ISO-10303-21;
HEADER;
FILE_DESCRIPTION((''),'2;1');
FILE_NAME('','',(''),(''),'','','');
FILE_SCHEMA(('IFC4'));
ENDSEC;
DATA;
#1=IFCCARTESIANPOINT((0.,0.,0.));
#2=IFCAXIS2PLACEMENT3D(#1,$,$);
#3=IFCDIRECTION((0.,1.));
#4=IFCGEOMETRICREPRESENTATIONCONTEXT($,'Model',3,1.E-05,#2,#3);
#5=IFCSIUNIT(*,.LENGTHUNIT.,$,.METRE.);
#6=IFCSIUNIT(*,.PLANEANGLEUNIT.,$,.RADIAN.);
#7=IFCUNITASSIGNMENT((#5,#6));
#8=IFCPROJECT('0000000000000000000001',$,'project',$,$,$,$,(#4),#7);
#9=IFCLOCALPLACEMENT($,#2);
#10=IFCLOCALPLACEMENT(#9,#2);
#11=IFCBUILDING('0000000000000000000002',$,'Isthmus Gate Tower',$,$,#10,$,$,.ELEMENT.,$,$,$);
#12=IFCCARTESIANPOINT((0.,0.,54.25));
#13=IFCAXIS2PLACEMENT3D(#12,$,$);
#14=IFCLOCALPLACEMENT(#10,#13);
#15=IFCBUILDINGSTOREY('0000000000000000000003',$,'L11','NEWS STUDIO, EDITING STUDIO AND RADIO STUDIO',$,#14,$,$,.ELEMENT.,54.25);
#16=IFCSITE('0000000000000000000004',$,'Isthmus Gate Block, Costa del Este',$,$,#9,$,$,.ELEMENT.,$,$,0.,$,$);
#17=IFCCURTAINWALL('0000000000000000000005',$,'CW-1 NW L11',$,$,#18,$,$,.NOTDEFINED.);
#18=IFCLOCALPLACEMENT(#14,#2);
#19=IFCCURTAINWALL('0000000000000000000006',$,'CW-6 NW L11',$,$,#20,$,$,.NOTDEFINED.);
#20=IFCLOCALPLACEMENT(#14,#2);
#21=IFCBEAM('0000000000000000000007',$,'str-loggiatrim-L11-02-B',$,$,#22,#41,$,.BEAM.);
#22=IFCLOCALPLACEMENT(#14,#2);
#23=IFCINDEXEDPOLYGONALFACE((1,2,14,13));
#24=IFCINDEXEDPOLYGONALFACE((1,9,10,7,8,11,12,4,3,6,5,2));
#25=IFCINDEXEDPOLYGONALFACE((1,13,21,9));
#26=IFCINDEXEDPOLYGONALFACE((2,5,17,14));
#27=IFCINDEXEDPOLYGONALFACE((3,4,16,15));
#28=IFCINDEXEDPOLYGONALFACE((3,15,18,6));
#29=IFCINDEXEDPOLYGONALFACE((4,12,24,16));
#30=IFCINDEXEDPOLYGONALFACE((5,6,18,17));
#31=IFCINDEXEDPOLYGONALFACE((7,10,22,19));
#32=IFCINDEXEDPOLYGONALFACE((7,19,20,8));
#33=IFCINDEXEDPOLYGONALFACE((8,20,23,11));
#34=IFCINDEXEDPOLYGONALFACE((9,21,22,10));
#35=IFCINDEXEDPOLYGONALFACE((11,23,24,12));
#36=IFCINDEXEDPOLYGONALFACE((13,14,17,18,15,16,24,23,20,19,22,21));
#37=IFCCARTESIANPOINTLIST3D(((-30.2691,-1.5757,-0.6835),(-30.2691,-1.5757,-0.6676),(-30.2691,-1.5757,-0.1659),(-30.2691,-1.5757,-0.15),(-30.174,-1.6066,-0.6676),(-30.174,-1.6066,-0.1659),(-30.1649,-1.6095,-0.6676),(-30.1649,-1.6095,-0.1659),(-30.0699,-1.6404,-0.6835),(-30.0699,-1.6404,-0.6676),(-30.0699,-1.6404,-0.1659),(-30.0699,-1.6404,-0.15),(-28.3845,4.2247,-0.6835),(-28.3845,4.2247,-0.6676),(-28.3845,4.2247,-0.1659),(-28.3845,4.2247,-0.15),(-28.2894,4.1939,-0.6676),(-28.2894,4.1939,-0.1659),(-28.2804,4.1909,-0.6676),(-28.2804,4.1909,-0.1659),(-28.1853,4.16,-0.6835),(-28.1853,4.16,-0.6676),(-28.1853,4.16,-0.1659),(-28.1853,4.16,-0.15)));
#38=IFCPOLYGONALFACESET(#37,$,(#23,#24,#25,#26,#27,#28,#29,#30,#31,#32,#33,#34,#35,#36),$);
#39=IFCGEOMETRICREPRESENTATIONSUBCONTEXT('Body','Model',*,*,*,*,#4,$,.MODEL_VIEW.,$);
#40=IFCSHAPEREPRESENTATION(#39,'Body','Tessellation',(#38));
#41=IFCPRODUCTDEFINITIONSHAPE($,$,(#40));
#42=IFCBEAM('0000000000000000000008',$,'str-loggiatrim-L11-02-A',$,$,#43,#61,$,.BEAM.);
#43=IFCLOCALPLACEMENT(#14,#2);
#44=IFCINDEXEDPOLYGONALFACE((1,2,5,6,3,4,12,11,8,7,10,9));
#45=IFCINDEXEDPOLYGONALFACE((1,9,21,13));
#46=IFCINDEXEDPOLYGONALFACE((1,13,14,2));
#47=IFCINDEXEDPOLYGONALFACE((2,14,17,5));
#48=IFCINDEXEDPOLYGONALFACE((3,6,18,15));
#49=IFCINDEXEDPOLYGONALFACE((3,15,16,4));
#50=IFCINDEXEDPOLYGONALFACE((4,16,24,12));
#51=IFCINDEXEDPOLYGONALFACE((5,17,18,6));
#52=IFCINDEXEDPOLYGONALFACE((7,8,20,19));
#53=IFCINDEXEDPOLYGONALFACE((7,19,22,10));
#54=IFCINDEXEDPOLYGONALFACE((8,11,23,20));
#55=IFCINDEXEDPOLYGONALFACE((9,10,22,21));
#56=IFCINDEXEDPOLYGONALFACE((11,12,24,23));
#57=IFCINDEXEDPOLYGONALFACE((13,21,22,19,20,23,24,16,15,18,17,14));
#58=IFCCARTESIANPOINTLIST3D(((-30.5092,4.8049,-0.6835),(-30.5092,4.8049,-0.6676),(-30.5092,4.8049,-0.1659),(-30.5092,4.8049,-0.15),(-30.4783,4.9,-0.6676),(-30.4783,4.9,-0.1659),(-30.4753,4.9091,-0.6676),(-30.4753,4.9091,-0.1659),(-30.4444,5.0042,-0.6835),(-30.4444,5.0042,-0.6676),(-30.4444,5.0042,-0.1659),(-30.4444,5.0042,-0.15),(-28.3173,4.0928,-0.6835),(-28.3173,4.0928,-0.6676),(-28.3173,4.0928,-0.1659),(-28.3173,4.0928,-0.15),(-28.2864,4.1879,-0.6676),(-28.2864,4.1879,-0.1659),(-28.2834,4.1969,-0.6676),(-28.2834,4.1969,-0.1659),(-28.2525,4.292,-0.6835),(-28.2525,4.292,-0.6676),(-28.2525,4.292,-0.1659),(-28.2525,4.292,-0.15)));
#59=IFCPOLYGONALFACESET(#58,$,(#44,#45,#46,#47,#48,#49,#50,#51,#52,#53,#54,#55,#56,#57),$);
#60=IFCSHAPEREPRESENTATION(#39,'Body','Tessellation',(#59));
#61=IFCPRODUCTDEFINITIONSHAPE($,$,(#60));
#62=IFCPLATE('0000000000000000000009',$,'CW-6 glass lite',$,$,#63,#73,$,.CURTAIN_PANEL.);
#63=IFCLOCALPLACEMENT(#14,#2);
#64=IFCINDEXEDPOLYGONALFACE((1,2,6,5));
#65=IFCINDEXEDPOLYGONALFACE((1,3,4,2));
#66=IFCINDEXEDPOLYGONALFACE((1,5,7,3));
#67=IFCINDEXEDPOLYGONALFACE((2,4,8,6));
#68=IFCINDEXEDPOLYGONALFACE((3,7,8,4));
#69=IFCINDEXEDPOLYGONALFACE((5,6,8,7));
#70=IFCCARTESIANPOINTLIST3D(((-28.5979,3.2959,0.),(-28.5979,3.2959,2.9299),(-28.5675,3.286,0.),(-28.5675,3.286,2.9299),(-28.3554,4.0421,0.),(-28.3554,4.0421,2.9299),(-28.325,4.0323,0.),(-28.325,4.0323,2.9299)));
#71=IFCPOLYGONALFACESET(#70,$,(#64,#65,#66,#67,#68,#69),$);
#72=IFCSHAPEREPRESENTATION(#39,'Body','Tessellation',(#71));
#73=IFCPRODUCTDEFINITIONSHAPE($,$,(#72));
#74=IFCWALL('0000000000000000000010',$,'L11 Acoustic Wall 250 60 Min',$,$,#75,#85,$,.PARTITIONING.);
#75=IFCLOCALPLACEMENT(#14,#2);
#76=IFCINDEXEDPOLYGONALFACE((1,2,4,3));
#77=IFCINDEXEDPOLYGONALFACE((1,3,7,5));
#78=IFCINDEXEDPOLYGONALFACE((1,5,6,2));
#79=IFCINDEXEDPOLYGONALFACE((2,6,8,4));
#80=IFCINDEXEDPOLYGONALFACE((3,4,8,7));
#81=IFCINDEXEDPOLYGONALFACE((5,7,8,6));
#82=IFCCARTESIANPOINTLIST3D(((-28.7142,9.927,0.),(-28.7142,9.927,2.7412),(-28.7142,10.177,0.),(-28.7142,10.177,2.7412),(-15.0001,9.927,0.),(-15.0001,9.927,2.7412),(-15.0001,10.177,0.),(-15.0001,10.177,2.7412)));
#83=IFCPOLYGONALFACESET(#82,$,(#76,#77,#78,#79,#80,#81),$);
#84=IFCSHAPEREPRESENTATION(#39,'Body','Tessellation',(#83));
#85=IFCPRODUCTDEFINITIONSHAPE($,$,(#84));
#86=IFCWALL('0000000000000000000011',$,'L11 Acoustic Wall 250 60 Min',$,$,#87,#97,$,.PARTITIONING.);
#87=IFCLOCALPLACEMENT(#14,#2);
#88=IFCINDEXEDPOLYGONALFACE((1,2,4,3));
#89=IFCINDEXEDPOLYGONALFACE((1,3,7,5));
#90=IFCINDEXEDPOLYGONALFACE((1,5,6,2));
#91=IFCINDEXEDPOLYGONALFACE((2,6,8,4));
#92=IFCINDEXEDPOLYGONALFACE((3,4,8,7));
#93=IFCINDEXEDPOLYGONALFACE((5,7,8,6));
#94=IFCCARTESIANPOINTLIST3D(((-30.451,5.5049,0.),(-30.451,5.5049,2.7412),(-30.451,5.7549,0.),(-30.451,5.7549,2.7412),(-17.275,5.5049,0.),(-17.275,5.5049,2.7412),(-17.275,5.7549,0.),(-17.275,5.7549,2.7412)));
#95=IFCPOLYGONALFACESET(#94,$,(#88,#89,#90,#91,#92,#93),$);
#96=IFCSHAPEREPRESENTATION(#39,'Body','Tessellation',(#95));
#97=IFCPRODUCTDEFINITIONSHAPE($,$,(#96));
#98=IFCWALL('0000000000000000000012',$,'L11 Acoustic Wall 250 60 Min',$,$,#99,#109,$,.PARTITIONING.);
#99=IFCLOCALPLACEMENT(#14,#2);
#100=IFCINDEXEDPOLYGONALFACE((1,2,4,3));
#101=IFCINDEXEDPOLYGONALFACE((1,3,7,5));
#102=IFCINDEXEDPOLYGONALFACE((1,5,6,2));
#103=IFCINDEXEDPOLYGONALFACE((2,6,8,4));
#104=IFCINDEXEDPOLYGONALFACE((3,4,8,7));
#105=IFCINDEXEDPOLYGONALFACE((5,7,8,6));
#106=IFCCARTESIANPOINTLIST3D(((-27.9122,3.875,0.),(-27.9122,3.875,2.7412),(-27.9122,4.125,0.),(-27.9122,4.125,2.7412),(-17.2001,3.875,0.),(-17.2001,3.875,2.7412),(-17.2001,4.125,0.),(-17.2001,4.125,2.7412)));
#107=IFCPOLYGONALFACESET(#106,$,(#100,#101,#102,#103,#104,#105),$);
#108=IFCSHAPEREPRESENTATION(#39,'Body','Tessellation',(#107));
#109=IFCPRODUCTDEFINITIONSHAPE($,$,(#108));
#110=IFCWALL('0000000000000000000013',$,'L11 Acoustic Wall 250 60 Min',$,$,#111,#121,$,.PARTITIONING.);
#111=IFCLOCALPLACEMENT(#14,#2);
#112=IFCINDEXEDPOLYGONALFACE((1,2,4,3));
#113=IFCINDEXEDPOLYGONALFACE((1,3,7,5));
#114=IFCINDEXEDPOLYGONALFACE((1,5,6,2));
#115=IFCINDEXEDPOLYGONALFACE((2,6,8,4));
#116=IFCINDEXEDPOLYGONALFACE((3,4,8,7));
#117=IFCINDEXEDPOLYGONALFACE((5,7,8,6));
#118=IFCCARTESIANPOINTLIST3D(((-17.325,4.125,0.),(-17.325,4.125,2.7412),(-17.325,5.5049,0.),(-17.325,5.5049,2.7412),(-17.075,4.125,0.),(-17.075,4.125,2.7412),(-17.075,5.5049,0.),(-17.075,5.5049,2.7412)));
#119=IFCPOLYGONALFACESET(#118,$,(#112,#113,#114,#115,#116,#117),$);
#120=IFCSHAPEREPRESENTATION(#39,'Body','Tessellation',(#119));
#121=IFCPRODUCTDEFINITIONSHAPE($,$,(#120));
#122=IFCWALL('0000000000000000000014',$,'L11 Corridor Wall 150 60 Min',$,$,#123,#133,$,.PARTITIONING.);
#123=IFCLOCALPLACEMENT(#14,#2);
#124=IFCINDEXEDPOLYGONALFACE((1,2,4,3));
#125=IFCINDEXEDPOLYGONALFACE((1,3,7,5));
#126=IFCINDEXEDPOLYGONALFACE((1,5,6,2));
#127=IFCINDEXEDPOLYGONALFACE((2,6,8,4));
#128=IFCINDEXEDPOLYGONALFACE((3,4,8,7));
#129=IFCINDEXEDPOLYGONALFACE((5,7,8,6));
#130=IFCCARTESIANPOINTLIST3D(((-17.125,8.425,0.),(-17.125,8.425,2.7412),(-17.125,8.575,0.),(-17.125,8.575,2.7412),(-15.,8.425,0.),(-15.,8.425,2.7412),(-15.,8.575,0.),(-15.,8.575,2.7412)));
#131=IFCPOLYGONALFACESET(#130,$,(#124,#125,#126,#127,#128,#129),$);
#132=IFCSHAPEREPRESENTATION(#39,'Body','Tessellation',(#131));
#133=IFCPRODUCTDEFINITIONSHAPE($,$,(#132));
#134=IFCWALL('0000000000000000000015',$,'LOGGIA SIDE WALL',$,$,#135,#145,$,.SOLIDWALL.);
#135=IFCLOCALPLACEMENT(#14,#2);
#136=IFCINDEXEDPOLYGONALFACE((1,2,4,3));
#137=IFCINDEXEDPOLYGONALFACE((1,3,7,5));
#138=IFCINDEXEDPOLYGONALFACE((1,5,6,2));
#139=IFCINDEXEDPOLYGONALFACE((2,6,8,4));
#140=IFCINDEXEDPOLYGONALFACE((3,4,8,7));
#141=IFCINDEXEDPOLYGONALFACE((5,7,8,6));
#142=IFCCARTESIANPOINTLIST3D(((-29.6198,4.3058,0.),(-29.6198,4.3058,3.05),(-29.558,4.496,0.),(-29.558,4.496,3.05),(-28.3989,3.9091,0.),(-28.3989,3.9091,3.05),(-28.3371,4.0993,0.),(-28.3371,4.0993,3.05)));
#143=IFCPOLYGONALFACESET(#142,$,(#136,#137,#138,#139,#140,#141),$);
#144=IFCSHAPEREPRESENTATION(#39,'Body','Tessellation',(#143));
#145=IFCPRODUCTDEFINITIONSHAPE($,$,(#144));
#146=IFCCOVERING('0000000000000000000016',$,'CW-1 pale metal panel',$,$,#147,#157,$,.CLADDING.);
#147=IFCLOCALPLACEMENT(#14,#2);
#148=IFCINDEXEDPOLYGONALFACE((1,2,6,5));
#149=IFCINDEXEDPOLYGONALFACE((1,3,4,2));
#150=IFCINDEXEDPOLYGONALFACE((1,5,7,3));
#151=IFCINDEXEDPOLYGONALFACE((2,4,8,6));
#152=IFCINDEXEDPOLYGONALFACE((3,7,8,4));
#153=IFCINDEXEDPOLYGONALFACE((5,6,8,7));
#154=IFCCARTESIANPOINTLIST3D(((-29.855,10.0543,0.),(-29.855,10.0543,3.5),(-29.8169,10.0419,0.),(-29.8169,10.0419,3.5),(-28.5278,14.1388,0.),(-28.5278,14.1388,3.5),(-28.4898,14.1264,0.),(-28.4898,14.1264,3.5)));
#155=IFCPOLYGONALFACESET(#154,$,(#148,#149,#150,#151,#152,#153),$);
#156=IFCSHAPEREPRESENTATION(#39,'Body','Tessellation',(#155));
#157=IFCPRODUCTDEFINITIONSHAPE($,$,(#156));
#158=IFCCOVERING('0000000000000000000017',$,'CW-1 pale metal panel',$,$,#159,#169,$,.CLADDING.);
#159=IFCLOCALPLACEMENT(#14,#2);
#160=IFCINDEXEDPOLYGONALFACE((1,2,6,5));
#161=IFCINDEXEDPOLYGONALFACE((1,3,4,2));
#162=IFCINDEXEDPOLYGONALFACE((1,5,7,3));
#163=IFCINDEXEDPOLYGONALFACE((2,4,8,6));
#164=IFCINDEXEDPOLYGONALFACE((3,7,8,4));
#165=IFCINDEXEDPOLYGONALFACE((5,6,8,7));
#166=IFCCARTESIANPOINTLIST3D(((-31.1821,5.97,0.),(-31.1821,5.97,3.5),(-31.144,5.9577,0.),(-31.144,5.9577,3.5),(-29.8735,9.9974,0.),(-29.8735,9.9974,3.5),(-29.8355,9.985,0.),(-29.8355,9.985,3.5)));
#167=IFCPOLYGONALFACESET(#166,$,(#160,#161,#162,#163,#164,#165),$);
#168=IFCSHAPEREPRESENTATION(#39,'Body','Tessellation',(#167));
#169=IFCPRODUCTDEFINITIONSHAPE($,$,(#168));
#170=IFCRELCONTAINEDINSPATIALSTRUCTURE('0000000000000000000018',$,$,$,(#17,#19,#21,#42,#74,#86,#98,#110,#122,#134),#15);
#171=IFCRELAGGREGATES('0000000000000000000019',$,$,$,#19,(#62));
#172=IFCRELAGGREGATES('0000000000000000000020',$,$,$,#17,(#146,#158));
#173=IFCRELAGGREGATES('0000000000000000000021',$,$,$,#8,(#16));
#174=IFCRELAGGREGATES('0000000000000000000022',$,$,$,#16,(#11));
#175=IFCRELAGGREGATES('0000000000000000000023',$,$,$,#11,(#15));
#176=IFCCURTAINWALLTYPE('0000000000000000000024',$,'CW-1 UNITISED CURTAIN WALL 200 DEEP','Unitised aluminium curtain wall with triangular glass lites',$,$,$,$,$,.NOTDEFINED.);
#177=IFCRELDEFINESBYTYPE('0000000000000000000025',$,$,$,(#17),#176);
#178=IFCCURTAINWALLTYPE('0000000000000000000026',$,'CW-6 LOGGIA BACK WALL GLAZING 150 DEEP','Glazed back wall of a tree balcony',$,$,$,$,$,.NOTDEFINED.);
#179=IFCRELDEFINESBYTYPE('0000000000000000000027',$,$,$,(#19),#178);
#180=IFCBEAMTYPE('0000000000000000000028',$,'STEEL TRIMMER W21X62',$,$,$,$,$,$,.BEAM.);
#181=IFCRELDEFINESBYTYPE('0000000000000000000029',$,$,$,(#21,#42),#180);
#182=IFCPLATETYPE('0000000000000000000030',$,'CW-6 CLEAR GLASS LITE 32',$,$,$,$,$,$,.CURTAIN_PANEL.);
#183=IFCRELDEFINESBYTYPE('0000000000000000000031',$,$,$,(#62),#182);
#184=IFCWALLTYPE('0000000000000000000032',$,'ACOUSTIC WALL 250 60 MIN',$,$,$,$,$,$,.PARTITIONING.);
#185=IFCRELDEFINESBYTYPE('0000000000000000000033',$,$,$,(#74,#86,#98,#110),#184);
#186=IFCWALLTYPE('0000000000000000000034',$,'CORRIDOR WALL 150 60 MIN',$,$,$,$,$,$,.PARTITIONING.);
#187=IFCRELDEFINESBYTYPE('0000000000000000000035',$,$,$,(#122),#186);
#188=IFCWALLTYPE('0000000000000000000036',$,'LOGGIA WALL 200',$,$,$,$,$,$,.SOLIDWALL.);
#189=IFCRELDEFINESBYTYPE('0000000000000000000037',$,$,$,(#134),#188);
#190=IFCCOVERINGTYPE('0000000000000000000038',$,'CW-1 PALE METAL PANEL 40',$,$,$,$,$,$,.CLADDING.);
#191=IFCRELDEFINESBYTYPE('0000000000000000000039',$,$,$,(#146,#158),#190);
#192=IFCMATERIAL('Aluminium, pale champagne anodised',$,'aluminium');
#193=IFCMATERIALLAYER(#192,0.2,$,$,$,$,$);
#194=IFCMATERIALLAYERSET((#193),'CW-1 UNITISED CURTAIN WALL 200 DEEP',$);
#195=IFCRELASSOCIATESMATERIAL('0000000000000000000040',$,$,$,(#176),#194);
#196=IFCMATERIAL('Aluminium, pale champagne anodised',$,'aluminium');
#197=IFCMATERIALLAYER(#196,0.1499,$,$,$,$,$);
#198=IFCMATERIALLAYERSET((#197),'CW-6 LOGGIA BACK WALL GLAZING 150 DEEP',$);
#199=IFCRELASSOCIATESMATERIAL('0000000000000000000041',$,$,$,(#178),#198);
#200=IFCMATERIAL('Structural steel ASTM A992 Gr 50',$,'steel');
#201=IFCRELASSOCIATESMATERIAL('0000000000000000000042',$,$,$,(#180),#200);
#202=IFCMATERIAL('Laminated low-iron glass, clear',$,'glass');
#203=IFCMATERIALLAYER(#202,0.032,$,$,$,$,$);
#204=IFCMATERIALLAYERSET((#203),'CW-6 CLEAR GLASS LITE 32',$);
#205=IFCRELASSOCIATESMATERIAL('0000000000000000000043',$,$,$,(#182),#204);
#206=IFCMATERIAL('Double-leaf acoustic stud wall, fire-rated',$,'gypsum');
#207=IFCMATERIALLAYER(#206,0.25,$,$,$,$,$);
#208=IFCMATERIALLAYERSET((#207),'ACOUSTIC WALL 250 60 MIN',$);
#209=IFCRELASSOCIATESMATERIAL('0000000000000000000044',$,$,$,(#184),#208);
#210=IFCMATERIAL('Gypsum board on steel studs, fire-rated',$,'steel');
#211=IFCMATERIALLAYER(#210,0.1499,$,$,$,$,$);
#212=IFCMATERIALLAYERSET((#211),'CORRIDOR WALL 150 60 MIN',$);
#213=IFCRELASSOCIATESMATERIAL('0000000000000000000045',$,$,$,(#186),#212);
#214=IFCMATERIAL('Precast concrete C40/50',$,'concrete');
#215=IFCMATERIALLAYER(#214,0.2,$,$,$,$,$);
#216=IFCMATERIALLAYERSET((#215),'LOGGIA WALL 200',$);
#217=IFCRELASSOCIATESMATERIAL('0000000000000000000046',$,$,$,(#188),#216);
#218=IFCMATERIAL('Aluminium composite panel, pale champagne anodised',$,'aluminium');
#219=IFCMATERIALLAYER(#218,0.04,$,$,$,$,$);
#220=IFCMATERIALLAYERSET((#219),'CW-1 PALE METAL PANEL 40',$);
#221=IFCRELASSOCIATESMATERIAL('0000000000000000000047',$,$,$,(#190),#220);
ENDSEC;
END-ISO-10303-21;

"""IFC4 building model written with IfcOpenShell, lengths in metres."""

from ifc_helpers import new_model, si_unit, direction, frame, frame_2d, origin, origin_2d, place, context, subcontext, project, spatial, rectangle, i_section, extrude, material, layer, layer_set, material_profile, profile_set, type_object, element, aggregate, save


model = new_model("IFC4")

# Units and contexts
model_context = context("Model", 3, precision=1e-05, world=origin(), true_north=direction((0.0, 1.0)))
body_context = subcontext(model_context, "Body", "Model", "MODEL_VIEW")
ifc_project = project(units=[si_unit("LENGTHUNIT", "METRE"), si_unit("PLANEANGLEUNIT", "RADIAN")], contexts=[model_context])

# Site, building, storey
site_placement = place(None, origin())
site = spatial("IfcSite", under=ifc_project, at=site_placement, Name="Isthmus Gate Block, Costa del Este", CompositionType="ELEMENT", RefElevation=0.0)
building_placement = place(site_placement, origin())
building = spatial("IfcBuilding", under=site, at=building_placement, Name="Isthmus Gate Tower", CompositionType="ELEMENT")
storey_placement = place(building_placement, frame((0.0, 0.0, 54.25)))
storey = spatial("IfcBuildingStorey", under=building, at=storey_placement, Name="L11", Description="NEWS STUDIO, EDITING STUDIO AND RADIO STUDIO", CompositionType="ELEMENT", Elevation=54.25)

# Curtain walls
ifc_material_1 = material(Name="Aluminium, pale champagne anodised", Category="aluminium")
ifc_layer_1 = layer(ifc_material_1, 0.2)
ifc_layer_set_1 = layer_set([ifc_layer_1], Name="CW-1 UNITISED CURTAIN WALL 200 DEEP")
curtain_wall_type_1 = type_object("IfcCurtainWallType", Name="CW-1 UNITISED CURTAIN WALL 200 DEEP", Description="Unitised aluminium curtain wall with triangular glass lites", PredefinedType="NOTDEFINED", material=ifc_layer_set_1)
curtain_wall_1_placement = place(storey_placement, origin())
curtain_wall_1 = element("IfcCurtainWall", 1, at=curtain_wall_1_placement, inside=storey, type_object=curtain_wall_type_1, Name="CW-1 NW L11", PredefinedType="NOTDEFINED")
ifc_material_2 = material(Name="Aluminium, pale champagne anodised", Category="aluminium")
ifc_layer_2 = layer(ifc_material_2, 0.1499)
ifc_layer_set_2 = layer_set([ifc_layer_2], Name="CW-6 LOGGIA BACK WALL GLAZING 150 DEEP")
curtain_wall_type_2 = type_object("IfcCurtainWallType", Name="CW-6 LOGGIA BACK WALL GLAZING 150 DEEP", Description="Glazed back wall of a tree balcony", PredefinedType="NOTDEFINED", material=ifc_layer_set_2)
curtain_wall_2_placement = place(storey_placement, origin())
curtain_wall_2 = element("IfcCurtainWall", 2, at=curtain_wall_2_placement, inside=storey, type_object=curtain_wall_type_2, Name="CW-6 NW L11", PredefinedType="NOTDEFINED")

# Beams
ifc_material_3 = material(Name="Structural steel ASTM A992 Gr 50", Category="steel")
ifc_material_profile_1 = material_profile(ifc_material_3, i_section(OverallWidth=0.2095, OverallDepth=0.5334, WebThickness=0.0095, FlangeThickness=0.0159, at=origin_2d()), Name="W21X62")
ifc_profile_set_1 = profile_set([ifc_material_profile_1], Name="Structural steel ASTM A992 Gr 50")
beam_type_1 = type_object("IfcBeamType", Name="STEEL TRIMMER W21X62", PredefinedType="BEAM", material=ifc_profile_set_1)
beam_1_placement = place(storey_placement, frame((-28.2849, 4.1924, -0.4167), z_axis=(-0.309001, -0.951062, 0.0), x_axis=(0.951062, -0.309001, 0.0)))
element("IfcBeam", 3, at=beam_1_placement, inside=storey, type_object=beam_type_1, Name="str-loggiatrim-L11-02-B", PredefinedType="BEAM", context=body_context, shape_type="SweptSolid", body=[
    extrude(i_section(OverallWidth=0.2095, OverallDepth=0.5334, WebThickness=0.0095, FlangeThickness=0.0159, at=origin_2d()), origin(), (0.0, 0.0, 1.0), 6.0989),
])
beam_2_placement = place(storey_placement, frame((-30.4768, 4.9045, -0.4167), z_axis=(0.951061, -0.309005, 0.0), x_axis=(0.309005, 0.951061, 0.0)))
element("IfcBeam", 4, at=beam_2_placement, inside=storey, type_object=beam_type_1, Name="str-loggiatrim-L11-02-A", PredefinedType="BEAM", context=body_context, shape_type="SweptSolid", body=[
    extrude(i_section(OverallWidth=0.2095, OverallDepth=0.5334, WebThickness=0.0095, FlangeThickness=0.0159, at=origin_2d()), origin(), (0.0, 0.0, 1.0), 2.3047),
])

# Plate
ifc_material_4 = material(Name="Laminated low-iron glass, clear", Category="glass")
ifc_layer_3 = layer(ifc_material_4, 0.032)
ifc_layer_set_3 = layer_set([ifc_layer_3], Name="CW-6 CLEAR GLASS LITE 32")
plate_type = type_object("IfcPlateType", Name="CW-6 CLEAR GLASS LITE 32", PredefinedType="CURTAIN_PANEL", material=ifc_layer_set_3)
plate_placement = place(storey_placement, frame((-28.4614, 3.6641, 0.0), z_axis=(0.0, 0.0, 1.0), x_axis=(-0.309017, -0.951057, 0.0)))
plate = element("IfcPlate", 5, at=plate_placement, type_object=plate_type, Name="CW-6 glass lite", PredefinedType="CURTAIN_PANEL", context=body_context, shape_type="SweptSolid", body=[
    extrude(rectangle(XDim=0.7847, YDim=0.032, at=origin_2d()), origin(), (0.0, 0.0, 1.0), 2.9299),
])
aggregate(curtain_wall_2, [plate])

# Walls
ifc_material_5 = material(Name="Double-leaf acoustic stud wall, fire-rated", Category="gypsum")
ifc_layer_4 = layer(ifc_material_5, 0.25)
ifc_layer_set_4 = layer_set([ifc_layer_4], Name="ACOUSTIC WALL 250 60 MIN")
wall_type_1 = type_object("IfcWallType", Name="ACOUSTIC WALL 250 60 MIN", PredefinedType="PARTITIONING", material=ifc_layer_set_4)
wall_1_placement = place(storey_placement, frame((-28.7141, 10.052, 0.0), z_axis=(0.0, 0.0, 1.0), x_axis=(1.0, 0.0, 0.0)))
element("IfcWall", 6, at=wall_1_placement, inside=storey, type_object=wall_type_1, Name="L11 Acoustic Wall 250 60 Min", PredefinedType="PARTITIONING", context=body_context, shape_type="SweptSolid", body=[
    extrude(rectangle(XDim=13.7141, YDim=0.25, at=frame_2d((6.8569, 0.0))), origin(), (0.0, 0.0, 1.0), 2.7412),
])
wall_2_placement = place(storey_placement, frame((-30.4509, 5.6299, 0.0), z_axis=(0.0, 0.0, 1.0), x_axis=(1.0, 0.0, 0.0)))
element("IfcWall", 7, at=wall_2_placement, inside=storey, type_object=wall_type_1, Name="L11 Acoustic Wall 250 60 Min", PredefinedType="PARTITIONING", context=body_context, shape_type="SweptSolid", body=[
    extrude(rectangle(XDim=13.176, YDim=0.25, at=frame_2d((6.5879, 0.0))), origin(), (0.0, 0.0, 1.0), 2.7412),
])
wall_3_placement = place(storey_placement, frame((-27.9121, 4.0, 0.0), z_axis=(0.0, 0.0, 1.0), x_axis=(1.0, 0.0, 0.0)))
element("IfcWall", 8, at=wall_3_placement, inside=storey, type_object=wall_type_1, Name="L11 Acoustic Wall 250 60 Min", PredefinedType="PARTITIONING", context=body_context, shape_type="SweptSolid", body=[
    extrude(rectangle(XDim=10.7122, YDim=0.25, at=frame_2d((5.356, 0.0))), origin(), (0.0, 0.0, 1.0), 2.7412),
])
wall_4_placement = place(storey_placement, frame((-17.2, 4.125, 0.0), z_axis=(0.0, 0.0, 1.0), x_axis=(0.0, 1.0, 0.0)))
element("IfcWall", 9, at=wall_4_placement, inside=storey, type_object=wall_type_1, Name="L11 Acoustic Wall 250 60 Min", PredefinedType="PARTITIONING", context=body_context, shape_type="SweptSolid", body=[
    extrude(rectangle(XDim=1.3799, YDim=0.25, at=frame_2d((0.6899, 0.0))), origin(), (0.0, 0.0, 1.0), 2.7412),
])

# Shared definitions
ifc_material_6 = material(Name="Gypsum board on steel studs, fire-rated", Category="steel")
ifc_layer_5 = layer(ifc_material_6, 0.1499)
ifc_layer_set_5 = layer_set([ifc_layer_5], Name="CORRIDOR WALL 150 60 MIN")
wall_type_2 = type_object("IfcWallType", Name="CORRIDOR WALL 150 60 MIN", PredefinedType="PARTITIONING", material=ifc_layer_set_5)

# Walls
wall_5_placement = place(storey_placement, frame((-17.125, 8.5, 0.0), z_axis=(0.0, 0.0, 1.0), x_axis=(1.0, 0.0, 0.0)))
element("IfcWall", 10, at=wall_5_placement, inside=storey, type_object=wall_type_2, Name="L11 Corridor Wall 150 60 Min", PredefinedType="PARTITIONING", context=body_context, shape_type="SweptSolid", body=[
    extrude(rectangle(XDim=2.125, YDim=0.1499, at=frame_2d((1.0625, 0.0))), origin(), (0.0, 0.0, 1.0), 2.7412),
])
ifc_material_7 = material(Name="Precast concrete C40/50", Category="concrete")
ifc_layer_6 = layer(ifc_material_7, 0.2)
ifc_layer_set_6 = layer_set([ifc_layer_6], Name="LOGGIA WALL 200")
wall_type_3 = type_object("IfcWallType", Name="LOGGIA WALL 200", PredefinedType="SOLIDWALL", material=ifc_layer_set_6)
wall_6_placement = place(storey_placement, frame((-29.5889, 4.4009, 0.0), z_axis=(0.0, 0.0, 1.0), x_axis=(0.951052, -0.30903, 0.0)))
element("IfcWall", 11, at=wall_6_placement, inside=storey, type_object=wall_type_3, Name="LOGGIA SIDE WALL", PredefinedType="SOLIDWALL", context=body_context, shape_type="SweptSolid", body=[
    extrude(rectangle(XDim=1.2837, YDim=0.2, at=frame_2d((0.6418, 0.0))), origin(), (0.0, 0.0, 1.0), 3.05),
])

# Coverings
ifc_material_8 = material(Name="Aluminium composite panel, pale champagne anodised", Category="aluminium")
ifc_layer_7 = layer(ifc_material_8, 0.04)
ifc_layer_set_7 = layer_set([ifc_layer_7], Name="CW-1 PALE METAL PANEL 40")
covering_type = type_object("IfcCoveringType", Name="CW-1 PALE METAL PANEL 40", PredefinedType="CLADDING", material=ifc_layer_set_7)
covering_1_placement = place(storey_placement, frame((-29.1724, 12.0903, 0.0), z_axis=(0.0, 0.0, 1.0), x_axis=(-0.309017, -0.951057, 0.0)))
covering_1 = element("IfcCovering", 12, at=covering_1_placement, type_object=covering_type, Name="CW-1 pale metal panel", PredefinedType="CLADDING", context=body_context, shape_type="SweptSolid", body=[
    extrude(rectangle(XDim=4.2947, YDim=0.04, at=origin_2d()), origin(), (0.0, 0.0, 1.0), 3.5),
])
covering_2_placement = place(storey_placement, frame((-30.5088, 7.9775, 0.0), z_axis=(0.0, 0.0, 1.0), x_axis=(-0.309017, -0.951057, 0.0)))
covering_2 = element("IfcCovering", 13, at=covering_2_placement, type_object=covering_type, Name="CW-1 pale metal panel", PredefinedType="CLADDING", context=body_context, shape_type="SweptSolid", body=[
    extrude(rectangle(XDim=4.2346, YDim=0.04, at=origin_2d()), origin(), (0.0, 0.0, 1.0), 3.5),
])
aggregate(curtain_wall_1, [covering_1, covering_2])

save(model, "model.ifc")
